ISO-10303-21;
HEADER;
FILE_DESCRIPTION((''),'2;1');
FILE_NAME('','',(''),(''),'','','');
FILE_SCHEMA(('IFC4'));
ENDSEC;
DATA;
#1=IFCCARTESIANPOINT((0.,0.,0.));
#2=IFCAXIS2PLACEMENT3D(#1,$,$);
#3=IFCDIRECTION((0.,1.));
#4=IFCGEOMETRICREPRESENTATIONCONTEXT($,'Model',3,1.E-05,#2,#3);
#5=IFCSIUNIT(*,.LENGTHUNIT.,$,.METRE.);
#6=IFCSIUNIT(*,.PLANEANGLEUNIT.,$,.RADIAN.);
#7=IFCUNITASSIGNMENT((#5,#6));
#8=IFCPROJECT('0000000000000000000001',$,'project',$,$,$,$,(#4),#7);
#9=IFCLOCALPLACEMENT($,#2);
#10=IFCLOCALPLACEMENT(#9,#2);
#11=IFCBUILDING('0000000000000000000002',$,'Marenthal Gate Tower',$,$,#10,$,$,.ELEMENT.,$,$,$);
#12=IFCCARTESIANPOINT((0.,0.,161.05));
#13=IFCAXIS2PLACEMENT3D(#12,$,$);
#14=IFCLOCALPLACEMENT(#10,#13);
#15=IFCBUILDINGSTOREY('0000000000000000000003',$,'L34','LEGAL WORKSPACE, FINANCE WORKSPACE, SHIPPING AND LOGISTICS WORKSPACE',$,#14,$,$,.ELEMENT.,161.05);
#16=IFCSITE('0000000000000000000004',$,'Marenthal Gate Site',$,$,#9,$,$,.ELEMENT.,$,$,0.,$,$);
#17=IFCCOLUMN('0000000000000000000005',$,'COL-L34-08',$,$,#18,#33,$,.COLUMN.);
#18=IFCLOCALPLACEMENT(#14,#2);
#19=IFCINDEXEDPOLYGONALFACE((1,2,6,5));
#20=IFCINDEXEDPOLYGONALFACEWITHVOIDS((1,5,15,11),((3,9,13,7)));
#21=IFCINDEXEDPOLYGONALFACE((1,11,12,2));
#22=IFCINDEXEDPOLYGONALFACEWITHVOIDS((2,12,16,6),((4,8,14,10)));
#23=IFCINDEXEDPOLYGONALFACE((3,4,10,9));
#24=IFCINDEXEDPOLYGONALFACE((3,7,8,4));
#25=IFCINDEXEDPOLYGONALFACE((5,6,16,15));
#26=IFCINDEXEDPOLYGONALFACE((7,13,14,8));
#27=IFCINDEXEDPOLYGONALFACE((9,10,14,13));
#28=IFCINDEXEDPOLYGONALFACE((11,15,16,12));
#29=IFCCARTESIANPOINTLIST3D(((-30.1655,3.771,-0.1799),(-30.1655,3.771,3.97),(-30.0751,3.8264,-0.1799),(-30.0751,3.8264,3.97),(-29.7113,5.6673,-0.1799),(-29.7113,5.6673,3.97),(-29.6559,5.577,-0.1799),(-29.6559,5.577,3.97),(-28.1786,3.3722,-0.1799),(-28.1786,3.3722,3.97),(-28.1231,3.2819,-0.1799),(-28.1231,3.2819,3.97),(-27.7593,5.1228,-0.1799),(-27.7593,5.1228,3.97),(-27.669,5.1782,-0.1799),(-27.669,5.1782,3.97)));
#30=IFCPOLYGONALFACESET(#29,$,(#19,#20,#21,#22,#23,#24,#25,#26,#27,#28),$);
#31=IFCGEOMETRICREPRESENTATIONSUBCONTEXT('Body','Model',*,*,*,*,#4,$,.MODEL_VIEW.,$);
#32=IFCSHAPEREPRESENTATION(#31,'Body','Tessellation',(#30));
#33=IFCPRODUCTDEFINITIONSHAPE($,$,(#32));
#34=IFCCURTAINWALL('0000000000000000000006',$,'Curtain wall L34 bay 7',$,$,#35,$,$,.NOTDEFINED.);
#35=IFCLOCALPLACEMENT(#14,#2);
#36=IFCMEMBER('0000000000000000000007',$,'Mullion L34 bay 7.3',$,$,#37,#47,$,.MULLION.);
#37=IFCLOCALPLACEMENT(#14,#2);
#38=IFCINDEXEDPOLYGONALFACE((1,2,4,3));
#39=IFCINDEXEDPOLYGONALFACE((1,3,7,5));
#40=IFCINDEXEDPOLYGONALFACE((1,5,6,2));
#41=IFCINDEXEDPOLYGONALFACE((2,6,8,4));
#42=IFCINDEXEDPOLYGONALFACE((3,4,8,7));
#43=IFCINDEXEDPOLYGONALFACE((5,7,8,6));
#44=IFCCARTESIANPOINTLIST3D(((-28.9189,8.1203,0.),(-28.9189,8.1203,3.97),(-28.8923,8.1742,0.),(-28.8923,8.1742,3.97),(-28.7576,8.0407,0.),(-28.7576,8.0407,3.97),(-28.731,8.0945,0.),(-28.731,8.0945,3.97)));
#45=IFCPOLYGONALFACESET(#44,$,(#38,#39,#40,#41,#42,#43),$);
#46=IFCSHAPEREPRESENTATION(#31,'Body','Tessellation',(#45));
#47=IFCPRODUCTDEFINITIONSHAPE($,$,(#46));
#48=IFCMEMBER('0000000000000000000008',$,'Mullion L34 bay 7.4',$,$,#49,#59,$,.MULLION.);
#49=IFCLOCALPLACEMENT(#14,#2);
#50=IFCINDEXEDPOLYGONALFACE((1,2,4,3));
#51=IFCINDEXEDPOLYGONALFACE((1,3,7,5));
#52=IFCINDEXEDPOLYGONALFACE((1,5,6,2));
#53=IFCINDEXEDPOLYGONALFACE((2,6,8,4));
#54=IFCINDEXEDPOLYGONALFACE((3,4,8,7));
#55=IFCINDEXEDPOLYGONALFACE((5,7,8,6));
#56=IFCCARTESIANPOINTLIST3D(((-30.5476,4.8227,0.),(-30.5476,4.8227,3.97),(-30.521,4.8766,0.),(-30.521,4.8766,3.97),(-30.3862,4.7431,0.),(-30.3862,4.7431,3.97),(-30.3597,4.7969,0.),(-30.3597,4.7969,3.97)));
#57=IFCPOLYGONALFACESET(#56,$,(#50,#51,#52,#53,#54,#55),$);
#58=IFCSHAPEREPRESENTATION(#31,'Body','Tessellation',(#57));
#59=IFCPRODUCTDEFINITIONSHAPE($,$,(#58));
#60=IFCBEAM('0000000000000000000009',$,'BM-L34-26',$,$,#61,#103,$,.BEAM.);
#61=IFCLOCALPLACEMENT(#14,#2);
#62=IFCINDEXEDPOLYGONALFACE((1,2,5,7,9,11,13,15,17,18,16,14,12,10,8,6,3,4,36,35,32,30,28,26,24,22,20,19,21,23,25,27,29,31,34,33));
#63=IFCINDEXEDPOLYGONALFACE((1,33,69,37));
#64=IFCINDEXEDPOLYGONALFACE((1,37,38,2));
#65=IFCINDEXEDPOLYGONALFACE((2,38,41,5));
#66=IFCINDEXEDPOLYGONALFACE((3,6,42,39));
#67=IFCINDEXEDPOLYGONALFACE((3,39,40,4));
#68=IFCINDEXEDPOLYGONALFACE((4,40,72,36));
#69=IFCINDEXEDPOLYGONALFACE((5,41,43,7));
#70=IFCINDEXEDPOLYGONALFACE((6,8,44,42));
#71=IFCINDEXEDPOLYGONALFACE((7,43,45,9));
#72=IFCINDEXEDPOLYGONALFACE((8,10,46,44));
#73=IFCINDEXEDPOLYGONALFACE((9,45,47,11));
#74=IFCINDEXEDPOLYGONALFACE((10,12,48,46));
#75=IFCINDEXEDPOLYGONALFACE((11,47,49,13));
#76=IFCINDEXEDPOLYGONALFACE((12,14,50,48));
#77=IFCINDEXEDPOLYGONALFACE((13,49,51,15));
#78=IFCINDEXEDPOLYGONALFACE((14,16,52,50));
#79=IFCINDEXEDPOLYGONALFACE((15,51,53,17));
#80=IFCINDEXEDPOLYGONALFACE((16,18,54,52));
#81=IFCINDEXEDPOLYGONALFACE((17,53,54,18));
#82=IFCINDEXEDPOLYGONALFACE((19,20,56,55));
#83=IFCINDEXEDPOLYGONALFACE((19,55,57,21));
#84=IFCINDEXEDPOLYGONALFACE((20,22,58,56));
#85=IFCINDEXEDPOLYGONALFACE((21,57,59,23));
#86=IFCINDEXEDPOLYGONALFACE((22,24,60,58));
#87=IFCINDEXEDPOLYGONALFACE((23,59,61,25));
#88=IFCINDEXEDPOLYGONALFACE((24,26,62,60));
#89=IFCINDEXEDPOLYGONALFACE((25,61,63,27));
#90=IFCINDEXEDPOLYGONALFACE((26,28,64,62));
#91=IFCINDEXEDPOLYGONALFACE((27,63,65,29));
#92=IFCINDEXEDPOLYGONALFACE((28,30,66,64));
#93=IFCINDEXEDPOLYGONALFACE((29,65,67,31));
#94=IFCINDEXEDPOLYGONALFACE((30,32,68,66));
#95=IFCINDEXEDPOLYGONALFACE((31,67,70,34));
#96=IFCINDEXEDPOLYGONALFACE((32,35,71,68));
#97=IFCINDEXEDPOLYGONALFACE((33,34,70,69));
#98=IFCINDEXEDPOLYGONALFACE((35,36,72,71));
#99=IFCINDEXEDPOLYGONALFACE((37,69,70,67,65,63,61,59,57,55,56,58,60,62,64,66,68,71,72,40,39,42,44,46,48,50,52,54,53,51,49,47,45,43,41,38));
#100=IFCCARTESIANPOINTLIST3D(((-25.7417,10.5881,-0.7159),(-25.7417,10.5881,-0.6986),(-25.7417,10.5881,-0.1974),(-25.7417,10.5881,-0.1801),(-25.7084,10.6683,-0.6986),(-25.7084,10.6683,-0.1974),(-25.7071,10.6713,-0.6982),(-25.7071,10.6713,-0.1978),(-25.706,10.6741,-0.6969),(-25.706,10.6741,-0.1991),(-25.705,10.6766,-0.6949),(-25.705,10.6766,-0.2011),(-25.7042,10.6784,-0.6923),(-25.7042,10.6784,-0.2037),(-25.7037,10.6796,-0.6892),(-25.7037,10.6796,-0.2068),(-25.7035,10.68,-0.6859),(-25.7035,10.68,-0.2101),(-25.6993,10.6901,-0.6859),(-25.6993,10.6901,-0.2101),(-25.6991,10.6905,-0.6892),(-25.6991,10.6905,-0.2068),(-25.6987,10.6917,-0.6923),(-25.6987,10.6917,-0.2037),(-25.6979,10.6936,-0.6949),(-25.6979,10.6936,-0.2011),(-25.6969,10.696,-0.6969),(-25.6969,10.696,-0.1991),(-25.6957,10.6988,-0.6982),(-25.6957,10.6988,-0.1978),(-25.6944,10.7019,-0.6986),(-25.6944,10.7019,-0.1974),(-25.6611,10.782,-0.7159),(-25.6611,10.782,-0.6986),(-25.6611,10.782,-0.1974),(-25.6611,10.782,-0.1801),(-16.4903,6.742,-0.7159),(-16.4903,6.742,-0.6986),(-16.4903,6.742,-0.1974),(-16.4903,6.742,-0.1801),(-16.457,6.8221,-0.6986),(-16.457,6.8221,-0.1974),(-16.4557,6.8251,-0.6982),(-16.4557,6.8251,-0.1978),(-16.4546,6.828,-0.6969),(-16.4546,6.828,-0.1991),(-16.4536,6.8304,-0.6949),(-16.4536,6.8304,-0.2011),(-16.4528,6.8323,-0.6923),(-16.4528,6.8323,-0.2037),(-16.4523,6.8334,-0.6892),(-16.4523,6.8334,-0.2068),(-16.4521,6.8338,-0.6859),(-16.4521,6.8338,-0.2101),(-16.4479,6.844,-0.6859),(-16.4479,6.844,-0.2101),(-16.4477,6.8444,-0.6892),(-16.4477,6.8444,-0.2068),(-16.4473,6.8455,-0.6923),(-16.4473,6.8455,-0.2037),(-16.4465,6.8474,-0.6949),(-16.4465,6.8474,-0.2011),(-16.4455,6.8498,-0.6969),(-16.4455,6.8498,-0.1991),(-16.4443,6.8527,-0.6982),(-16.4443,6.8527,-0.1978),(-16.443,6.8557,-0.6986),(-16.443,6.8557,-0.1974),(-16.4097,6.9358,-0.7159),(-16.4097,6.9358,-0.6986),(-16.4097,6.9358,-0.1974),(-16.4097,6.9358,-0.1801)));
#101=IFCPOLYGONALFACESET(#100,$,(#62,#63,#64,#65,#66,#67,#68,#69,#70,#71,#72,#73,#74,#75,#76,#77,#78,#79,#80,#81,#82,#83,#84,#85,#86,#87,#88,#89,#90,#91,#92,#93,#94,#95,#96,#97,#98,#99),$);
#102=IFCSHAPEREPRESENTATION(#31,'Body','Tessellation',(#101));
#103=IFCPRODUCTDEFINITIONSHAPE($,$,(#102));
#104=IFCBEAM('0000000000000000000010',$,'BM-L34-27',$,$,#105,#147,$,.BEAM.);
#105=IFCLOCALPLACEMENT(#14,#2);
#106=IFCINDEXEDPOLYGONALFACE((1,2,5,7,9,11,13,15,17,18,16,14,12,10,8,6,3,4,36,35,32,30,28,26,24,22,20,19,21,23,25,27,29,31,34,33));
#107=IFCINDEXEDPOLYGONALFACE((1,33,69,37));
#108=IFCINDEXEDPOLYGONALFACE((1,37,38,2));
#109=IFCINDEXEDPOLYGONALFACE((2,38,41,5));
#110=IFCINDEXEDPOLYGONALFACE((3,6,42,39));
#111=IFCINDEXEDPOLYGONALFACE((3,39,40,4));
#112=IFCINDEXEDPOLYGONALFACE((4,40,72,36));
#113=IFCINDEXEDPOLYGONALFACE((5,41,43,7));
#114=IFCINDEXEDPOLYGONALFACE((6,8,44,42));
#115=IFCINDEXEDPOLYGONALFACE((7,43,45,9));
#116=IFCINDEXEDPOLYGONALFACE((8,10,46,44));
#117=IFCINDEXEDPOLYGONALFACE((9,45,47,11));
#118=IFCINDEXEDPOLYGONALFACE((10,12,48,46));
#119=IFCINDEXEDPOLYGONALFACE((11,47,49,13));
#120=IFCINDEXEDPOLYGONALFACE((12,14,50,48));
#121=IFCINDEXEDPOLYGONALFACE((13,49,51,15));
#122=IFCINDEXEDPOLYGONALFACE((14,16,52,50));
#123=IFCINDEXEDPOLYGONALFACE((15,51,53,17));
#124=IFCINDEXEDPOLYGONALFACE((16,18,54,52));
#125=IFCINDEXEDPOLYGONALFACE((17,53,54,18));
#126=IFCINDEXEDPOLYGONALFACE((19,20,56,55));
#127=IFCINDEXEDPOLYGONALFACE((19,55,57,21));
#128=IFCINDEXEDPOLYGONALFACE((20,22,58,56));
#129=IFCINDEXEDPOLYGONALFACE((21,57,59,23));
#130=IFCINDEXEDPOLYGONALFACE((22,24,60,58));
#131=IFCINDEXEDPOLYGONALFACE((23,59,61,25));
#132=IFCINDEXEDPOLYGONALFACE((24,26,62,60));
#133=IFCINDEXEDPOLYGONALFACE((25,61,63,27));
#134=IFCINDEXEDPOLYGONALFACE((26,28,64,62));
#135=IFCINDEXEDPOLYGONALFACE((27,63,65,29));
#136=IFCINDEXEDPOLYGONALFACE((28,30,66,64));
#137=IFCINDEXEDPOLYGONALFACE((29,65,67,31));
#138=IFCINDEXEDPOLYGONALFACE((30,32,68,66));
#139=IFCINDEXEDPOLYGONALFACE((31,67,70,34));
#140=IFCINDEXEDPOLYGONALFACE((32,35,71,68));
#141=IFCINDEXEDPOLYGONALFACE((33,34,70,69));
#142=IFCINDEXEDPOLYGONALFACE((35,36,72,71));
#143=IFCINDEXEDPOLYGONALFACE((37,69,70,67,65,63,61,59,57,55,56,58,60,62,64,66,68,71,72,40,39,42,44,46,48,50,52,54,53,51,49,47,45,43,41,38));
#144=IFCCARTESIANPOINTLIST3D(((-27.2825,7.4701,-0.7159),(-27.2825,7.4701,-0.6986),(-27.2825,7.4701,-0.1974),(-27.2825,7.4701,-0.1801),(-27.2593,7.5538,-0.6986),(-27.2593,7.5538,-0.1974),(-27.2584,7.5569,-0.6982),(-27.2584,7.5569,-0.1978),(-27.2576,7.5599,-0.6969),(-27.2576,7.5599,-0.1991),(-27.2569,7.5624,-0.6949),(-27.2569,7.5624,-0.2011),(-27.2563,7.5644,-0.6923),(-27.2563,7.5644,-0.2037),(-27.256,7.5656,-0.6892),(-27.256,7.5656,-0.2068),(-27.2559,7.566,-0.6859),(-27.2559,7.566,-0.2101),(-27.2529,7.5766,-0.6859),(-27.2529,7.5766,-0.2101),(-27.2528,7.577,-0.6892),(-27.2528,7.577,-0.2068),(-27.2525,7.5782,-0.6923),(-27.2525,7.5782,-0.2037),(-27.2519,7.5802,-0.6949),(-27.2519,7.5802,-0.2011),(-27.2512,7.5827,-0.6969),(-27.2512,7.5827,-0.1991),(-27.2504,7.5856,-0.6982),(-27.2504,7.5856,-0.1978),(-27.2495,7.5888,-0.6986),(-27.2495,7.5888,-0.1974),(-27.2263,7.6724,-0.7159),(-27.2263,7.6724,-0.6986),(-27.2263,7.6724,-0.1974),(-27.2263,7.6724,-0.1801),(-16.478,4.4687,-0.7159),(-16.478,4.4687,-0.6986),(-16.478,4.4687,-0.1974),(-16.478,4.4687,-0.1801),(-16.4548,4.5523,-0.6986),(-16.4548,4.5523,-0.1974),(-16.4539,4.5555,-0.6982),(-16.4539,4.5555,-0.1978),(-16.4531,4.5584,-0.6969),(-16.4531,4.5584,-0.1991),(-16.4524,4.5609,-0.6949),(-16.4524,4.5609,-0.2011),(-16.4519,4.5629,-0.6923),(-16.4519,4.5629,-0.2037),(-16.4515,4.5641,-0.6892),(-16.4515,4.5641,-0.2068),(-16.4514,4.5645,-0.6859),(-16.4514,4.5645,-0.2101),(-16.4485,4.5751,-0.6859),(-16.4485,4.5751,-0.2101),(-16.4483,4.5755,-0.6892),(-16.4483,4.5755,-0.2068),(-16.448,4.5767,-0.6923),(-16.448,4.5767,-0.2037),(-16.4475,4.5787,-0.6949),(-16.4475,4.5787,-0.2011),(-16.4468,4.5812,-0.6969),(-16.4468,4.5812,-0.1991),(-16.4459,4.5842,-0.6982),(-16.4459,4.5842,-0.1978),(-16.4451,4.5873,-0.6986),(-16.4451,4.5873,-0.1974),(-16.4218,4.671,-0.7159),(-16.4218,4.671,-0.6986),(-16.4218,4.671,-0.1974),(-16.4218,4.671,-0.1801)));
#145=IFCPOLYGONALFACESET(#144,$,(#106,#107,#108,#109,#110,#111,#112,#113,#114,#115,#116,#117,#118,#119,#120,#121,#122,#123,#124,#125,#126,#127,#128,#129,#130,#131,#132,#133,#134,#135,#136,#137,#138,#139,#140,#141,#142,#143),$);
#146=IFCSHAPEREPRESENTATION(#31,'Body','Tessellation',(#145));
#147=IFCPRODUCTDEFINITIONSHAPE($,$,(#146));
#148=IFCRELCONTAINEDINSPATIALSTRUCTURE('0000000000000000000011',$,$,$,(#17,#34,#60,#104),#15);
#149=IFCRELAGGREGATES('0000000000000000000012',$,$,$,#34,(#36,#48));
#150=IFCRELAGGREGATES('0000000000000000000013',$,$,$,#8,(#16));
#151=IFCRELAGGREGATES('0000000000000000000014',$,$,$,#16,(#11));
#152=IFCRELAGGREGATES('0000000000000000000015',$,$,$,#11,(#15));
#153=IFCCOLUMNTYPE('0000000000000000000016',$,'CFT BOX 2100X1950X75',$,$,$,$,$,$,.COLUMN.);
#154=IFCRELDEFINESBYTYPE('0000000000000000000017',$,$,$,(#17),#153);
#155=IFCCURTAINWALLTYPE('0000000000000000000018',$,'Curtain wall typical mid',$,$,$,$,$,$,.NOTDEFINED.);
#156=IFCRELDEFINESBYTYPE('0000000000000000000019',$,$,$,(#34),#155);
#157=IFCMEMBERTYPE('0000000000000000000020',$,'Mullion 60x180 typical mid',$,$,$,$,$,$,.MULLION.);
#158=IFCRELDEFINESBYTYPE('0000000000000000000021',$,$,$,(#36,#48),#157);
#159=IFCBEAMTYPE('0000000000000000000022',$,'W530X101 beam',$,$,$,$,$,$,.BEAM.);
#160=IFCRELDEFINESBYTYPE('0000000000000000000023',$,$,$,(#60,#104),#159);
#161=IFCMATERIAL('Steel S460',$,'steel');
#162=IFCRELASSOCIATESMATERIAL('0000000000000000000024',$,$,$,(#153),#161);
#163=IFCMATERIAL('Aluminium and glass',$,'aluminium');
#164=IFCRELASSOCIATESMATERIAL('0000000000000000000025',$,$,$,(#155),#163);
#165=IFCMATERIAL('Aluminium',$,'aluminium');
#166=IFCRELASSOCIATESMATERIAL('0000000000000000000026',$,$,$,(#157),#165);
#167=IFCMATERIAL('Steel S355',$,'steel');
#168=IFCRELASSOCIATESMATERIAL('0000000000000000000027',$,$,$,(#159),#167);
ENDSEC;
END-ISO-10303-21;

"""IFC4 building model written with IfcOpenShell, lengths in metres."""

from ifc_helpers import new_model, si_unit, direction, frame, origin, origin_2d, place, context, subcontext, project, spatial, rectangle, hollow_rectangle, i_section, extrude, material, material_profile, profile_set, type_object, element, aggregate, save


model = new_model("IFC4")

# Units and contexts
model_context = context("Model", 3, precision=1e-05, world=origin(), true_north=direction((0.0, 1.0)))
body_context = subcontext(model_context, "Body", "Model", "MODEL_VIEW")
ifc_project = project(units=[si_unit("LENGTHUNIT", "METRE"), si_unit("PLANEANGLEUNIT", "RADIAN")], contexts=[model_context])

# Site, building, storey
site_placement = place(None, origin())
site = spatial("IfcSite", under=ifc_project, at=site_placement, Name="Marenthal Gate Site", CompositionType="ELEMENT", RefElevation=0.0)
building_placement = place(site_placement, origin())
building = spatial("IfcBuilding", under=site, at=building_placement, Name="Marenthal Gate Tower", CompositionType="ELEMENT")
storey_placement = place(building_placement, frame((0.0, 0.0, 161.05)))
storey = spatial("IfcBuildingStorey", under=building, at=storey_placement, Name="L34", Description="LEGAL WORKSPACE, FINANCE WORKSPACE, SHIPPING AND LOGISTICS WORKSPACE", CompositionType="ELEMENT", Elevation=161.05)

# Column
ifc_material_1 = material(Name="Steel S460", Category="steel")
ifc_material_profile_1 = material_profile(ifc_material_1, hollow_rectangle(XDim=1.95, YDim=2.1001, WallThickness=0.075, at=origin_2d()), Name="CFT BOX 2100X1950X75")
ifc_material_2 = material(Name="Concrete 70 MPa", Category="concrete")
ifc_material_profile_2 = material_profile(ifc_material_2, rectangle(XDim=1.8, YDim=1.95, at=origin_2d()), Name="CFT BOX 2100X1950X75 INFILL")
ifc_profile_set_1 = profile_set([ifc_material_profile_1, ifc_material_profile_2], Name="Steel S460 shell, Concrete 70 MPa infill")
column_type = type_object("IfcColumnType", Name="CFT BOX 2100X1950X75", PredefinedType="COLUMN", material=ifc_profile_set_1)
column_placement = place(storey_placement, frame((-28.9172, 4.4746, -0.1799), z_axis=(0.0, 0.0, 1.0), x_axis=(0.232909, 0.972499, 0.0)))
element("IfcColumn", 1, at=column_placement, inside=storey, type_object=column_type, Name="COL-L34-08", PredefinedType="COLUMN", context=body_context, shape_type="SweptSolid", body=[
    extrude(hollow_rectangle(XDim=1.95, YDim=2.1001, WallThickness=0.075, at=origin_2d()), origin(), (0.0, 0.0, 1.0), 4.1499),
])

# Curtain wall, members
ifc_material_3 = material(Name="Aluminium and glass", Category="aluminium")
curtain_wall_type = type_object("IfcCurtainWallType", Name="Curtain wall typical mid", PredefinedType="NOTDEFINED", material=ifc_material_3)
curtain_wall_placement = place(storey_placement, origin())
curtain_wall = element("IfcCurtainWall", 2, at=curtain_wall_placement, inside=storey, type_object=curtain_wall_type, Name="Curtain wall L34 bay 7", PredefinedType="NOTDEFINED")
ifc_material_4 = material(Name="Aluminium", Category="aluminium")
ifc_material_profile_3 = material_profile(ifc_material_4, rectangle(XDim=0.1799, YDim=0.0601, at=origin_2d()), Name="60x180 aluminium mullion")
ifc_profile_set_2 = profile_set([ifc_material_profile_3], Name="Aluminium")
member_type = type_object("IfcMemberType", Name="Mullion 60x180 typical mid", PredefinedType="MULLION", material=ifc_profile_set_2)
member_1_placement = place(storey_placement, frame((-28.825, 8.1074, 0.0), z_axis=(0.0, 0.0, 1.0), x_axis=(0.896609, -0.442824, 0.0)))
member_1 = element("IfcMember", 3, at=member_1_placement, type_object=member_type, Name="Mullion L34 bay 7.3", PredefinedType="MULLION", context=body_context, shape_type="SweptSolid", body=[
    extrude(rectangle(XDim=0.1799, YDim=0.0601, at=origin_2d()), origin(), (0.0, 0.0, 1.0), 3.97),
])
member_2_placement = place(storey_placement, frame((-30.4536, 4.8098, 0.0), z_axis=(0.0, 0.0, 1.0), x_axis=(0.896609, -0.442824, 0.0)))
member_2 = element("IfcMember", 4, at=member_2_placement, type_object=member_type, Name="Mullion L34 bay 7.4", PredefinedType="MULLION", context=body_context, shape_type="SweptSolid", body=[
    extrude(rectangle(XDim=0.1799, YDim=0.0601, at=origin_2d()), origin(), (0.0, 0.0, 1.0), 3.97),
])

# Beams
ifc_material_5 = material(Name="Steel S355", Category="steel")
ifc_material_profile_4 = material_profile(ifc_material_5, i_section(OverallWidth=0.21, OverallDepth=0.5359, WebThickness=0.011, FlangeThickness=0.0173, FilletRadius=0.0127, at=origin_2d()), Name="W530X101")
ifc_profile_set_3 = profile_set([ifc_material_profile_4], Name="Steel S355")
beam_type_1 = type_object("IfcBeamType", Name="W530X101 beam", PredefinedType="BEAM", material=ifc_profile_set_3)
beam_1_placement = place(storey_placement, frame((-25.7014, 10.6851, -0.448), z_axis=(0.923381, -0.383885, 0.0), x_axis=(0.383885, 0.923381, 0.0)))
element("IfcBeam", 5, at=beam_1_placement, inside=storey, type_object=beam_type_1, Name="BM-L34-26", PredefinedType="BEAM", context=body_context, shape_type="SweptSolid", body=[
    extrude(i_section(OverallWidth=0.21, OverallDepth=0.5359, WebThickness=0.011, FlangeThickness=0.0173, FilletRadius=0.0127, at=origin_2d()), origin(), (0.0, 0.0, 1.0), 10.019),
])
beam_2_placement = place(storey_placement, frame((-27.2544, 7.5713, -0.448), z_axis=(0.963513, -0.267663, 0.0), x_axis=(0.267663, 0.963513, 0.0)))
element("IfcBeam", 6, at=beam_2_placement, inside=storey, type_object=beam_type_1, Name="BM-L34-27", PredefinedType="BEAM", context=body_context, shape_type="SweptSolid", body=[
    extrude(i_section(OverallWidth=0.21, OverallDepth=0.5359, WebThickness=0.011, FlangeThickness=0.0173, FilletRadius=0.0127, at=origin_2d()), origin(), (0.0, 0.0, 1.0), 11.2136),
])

aggregate(curtain_wall, [member_1, member_2])

save(model, "model.ifc")
